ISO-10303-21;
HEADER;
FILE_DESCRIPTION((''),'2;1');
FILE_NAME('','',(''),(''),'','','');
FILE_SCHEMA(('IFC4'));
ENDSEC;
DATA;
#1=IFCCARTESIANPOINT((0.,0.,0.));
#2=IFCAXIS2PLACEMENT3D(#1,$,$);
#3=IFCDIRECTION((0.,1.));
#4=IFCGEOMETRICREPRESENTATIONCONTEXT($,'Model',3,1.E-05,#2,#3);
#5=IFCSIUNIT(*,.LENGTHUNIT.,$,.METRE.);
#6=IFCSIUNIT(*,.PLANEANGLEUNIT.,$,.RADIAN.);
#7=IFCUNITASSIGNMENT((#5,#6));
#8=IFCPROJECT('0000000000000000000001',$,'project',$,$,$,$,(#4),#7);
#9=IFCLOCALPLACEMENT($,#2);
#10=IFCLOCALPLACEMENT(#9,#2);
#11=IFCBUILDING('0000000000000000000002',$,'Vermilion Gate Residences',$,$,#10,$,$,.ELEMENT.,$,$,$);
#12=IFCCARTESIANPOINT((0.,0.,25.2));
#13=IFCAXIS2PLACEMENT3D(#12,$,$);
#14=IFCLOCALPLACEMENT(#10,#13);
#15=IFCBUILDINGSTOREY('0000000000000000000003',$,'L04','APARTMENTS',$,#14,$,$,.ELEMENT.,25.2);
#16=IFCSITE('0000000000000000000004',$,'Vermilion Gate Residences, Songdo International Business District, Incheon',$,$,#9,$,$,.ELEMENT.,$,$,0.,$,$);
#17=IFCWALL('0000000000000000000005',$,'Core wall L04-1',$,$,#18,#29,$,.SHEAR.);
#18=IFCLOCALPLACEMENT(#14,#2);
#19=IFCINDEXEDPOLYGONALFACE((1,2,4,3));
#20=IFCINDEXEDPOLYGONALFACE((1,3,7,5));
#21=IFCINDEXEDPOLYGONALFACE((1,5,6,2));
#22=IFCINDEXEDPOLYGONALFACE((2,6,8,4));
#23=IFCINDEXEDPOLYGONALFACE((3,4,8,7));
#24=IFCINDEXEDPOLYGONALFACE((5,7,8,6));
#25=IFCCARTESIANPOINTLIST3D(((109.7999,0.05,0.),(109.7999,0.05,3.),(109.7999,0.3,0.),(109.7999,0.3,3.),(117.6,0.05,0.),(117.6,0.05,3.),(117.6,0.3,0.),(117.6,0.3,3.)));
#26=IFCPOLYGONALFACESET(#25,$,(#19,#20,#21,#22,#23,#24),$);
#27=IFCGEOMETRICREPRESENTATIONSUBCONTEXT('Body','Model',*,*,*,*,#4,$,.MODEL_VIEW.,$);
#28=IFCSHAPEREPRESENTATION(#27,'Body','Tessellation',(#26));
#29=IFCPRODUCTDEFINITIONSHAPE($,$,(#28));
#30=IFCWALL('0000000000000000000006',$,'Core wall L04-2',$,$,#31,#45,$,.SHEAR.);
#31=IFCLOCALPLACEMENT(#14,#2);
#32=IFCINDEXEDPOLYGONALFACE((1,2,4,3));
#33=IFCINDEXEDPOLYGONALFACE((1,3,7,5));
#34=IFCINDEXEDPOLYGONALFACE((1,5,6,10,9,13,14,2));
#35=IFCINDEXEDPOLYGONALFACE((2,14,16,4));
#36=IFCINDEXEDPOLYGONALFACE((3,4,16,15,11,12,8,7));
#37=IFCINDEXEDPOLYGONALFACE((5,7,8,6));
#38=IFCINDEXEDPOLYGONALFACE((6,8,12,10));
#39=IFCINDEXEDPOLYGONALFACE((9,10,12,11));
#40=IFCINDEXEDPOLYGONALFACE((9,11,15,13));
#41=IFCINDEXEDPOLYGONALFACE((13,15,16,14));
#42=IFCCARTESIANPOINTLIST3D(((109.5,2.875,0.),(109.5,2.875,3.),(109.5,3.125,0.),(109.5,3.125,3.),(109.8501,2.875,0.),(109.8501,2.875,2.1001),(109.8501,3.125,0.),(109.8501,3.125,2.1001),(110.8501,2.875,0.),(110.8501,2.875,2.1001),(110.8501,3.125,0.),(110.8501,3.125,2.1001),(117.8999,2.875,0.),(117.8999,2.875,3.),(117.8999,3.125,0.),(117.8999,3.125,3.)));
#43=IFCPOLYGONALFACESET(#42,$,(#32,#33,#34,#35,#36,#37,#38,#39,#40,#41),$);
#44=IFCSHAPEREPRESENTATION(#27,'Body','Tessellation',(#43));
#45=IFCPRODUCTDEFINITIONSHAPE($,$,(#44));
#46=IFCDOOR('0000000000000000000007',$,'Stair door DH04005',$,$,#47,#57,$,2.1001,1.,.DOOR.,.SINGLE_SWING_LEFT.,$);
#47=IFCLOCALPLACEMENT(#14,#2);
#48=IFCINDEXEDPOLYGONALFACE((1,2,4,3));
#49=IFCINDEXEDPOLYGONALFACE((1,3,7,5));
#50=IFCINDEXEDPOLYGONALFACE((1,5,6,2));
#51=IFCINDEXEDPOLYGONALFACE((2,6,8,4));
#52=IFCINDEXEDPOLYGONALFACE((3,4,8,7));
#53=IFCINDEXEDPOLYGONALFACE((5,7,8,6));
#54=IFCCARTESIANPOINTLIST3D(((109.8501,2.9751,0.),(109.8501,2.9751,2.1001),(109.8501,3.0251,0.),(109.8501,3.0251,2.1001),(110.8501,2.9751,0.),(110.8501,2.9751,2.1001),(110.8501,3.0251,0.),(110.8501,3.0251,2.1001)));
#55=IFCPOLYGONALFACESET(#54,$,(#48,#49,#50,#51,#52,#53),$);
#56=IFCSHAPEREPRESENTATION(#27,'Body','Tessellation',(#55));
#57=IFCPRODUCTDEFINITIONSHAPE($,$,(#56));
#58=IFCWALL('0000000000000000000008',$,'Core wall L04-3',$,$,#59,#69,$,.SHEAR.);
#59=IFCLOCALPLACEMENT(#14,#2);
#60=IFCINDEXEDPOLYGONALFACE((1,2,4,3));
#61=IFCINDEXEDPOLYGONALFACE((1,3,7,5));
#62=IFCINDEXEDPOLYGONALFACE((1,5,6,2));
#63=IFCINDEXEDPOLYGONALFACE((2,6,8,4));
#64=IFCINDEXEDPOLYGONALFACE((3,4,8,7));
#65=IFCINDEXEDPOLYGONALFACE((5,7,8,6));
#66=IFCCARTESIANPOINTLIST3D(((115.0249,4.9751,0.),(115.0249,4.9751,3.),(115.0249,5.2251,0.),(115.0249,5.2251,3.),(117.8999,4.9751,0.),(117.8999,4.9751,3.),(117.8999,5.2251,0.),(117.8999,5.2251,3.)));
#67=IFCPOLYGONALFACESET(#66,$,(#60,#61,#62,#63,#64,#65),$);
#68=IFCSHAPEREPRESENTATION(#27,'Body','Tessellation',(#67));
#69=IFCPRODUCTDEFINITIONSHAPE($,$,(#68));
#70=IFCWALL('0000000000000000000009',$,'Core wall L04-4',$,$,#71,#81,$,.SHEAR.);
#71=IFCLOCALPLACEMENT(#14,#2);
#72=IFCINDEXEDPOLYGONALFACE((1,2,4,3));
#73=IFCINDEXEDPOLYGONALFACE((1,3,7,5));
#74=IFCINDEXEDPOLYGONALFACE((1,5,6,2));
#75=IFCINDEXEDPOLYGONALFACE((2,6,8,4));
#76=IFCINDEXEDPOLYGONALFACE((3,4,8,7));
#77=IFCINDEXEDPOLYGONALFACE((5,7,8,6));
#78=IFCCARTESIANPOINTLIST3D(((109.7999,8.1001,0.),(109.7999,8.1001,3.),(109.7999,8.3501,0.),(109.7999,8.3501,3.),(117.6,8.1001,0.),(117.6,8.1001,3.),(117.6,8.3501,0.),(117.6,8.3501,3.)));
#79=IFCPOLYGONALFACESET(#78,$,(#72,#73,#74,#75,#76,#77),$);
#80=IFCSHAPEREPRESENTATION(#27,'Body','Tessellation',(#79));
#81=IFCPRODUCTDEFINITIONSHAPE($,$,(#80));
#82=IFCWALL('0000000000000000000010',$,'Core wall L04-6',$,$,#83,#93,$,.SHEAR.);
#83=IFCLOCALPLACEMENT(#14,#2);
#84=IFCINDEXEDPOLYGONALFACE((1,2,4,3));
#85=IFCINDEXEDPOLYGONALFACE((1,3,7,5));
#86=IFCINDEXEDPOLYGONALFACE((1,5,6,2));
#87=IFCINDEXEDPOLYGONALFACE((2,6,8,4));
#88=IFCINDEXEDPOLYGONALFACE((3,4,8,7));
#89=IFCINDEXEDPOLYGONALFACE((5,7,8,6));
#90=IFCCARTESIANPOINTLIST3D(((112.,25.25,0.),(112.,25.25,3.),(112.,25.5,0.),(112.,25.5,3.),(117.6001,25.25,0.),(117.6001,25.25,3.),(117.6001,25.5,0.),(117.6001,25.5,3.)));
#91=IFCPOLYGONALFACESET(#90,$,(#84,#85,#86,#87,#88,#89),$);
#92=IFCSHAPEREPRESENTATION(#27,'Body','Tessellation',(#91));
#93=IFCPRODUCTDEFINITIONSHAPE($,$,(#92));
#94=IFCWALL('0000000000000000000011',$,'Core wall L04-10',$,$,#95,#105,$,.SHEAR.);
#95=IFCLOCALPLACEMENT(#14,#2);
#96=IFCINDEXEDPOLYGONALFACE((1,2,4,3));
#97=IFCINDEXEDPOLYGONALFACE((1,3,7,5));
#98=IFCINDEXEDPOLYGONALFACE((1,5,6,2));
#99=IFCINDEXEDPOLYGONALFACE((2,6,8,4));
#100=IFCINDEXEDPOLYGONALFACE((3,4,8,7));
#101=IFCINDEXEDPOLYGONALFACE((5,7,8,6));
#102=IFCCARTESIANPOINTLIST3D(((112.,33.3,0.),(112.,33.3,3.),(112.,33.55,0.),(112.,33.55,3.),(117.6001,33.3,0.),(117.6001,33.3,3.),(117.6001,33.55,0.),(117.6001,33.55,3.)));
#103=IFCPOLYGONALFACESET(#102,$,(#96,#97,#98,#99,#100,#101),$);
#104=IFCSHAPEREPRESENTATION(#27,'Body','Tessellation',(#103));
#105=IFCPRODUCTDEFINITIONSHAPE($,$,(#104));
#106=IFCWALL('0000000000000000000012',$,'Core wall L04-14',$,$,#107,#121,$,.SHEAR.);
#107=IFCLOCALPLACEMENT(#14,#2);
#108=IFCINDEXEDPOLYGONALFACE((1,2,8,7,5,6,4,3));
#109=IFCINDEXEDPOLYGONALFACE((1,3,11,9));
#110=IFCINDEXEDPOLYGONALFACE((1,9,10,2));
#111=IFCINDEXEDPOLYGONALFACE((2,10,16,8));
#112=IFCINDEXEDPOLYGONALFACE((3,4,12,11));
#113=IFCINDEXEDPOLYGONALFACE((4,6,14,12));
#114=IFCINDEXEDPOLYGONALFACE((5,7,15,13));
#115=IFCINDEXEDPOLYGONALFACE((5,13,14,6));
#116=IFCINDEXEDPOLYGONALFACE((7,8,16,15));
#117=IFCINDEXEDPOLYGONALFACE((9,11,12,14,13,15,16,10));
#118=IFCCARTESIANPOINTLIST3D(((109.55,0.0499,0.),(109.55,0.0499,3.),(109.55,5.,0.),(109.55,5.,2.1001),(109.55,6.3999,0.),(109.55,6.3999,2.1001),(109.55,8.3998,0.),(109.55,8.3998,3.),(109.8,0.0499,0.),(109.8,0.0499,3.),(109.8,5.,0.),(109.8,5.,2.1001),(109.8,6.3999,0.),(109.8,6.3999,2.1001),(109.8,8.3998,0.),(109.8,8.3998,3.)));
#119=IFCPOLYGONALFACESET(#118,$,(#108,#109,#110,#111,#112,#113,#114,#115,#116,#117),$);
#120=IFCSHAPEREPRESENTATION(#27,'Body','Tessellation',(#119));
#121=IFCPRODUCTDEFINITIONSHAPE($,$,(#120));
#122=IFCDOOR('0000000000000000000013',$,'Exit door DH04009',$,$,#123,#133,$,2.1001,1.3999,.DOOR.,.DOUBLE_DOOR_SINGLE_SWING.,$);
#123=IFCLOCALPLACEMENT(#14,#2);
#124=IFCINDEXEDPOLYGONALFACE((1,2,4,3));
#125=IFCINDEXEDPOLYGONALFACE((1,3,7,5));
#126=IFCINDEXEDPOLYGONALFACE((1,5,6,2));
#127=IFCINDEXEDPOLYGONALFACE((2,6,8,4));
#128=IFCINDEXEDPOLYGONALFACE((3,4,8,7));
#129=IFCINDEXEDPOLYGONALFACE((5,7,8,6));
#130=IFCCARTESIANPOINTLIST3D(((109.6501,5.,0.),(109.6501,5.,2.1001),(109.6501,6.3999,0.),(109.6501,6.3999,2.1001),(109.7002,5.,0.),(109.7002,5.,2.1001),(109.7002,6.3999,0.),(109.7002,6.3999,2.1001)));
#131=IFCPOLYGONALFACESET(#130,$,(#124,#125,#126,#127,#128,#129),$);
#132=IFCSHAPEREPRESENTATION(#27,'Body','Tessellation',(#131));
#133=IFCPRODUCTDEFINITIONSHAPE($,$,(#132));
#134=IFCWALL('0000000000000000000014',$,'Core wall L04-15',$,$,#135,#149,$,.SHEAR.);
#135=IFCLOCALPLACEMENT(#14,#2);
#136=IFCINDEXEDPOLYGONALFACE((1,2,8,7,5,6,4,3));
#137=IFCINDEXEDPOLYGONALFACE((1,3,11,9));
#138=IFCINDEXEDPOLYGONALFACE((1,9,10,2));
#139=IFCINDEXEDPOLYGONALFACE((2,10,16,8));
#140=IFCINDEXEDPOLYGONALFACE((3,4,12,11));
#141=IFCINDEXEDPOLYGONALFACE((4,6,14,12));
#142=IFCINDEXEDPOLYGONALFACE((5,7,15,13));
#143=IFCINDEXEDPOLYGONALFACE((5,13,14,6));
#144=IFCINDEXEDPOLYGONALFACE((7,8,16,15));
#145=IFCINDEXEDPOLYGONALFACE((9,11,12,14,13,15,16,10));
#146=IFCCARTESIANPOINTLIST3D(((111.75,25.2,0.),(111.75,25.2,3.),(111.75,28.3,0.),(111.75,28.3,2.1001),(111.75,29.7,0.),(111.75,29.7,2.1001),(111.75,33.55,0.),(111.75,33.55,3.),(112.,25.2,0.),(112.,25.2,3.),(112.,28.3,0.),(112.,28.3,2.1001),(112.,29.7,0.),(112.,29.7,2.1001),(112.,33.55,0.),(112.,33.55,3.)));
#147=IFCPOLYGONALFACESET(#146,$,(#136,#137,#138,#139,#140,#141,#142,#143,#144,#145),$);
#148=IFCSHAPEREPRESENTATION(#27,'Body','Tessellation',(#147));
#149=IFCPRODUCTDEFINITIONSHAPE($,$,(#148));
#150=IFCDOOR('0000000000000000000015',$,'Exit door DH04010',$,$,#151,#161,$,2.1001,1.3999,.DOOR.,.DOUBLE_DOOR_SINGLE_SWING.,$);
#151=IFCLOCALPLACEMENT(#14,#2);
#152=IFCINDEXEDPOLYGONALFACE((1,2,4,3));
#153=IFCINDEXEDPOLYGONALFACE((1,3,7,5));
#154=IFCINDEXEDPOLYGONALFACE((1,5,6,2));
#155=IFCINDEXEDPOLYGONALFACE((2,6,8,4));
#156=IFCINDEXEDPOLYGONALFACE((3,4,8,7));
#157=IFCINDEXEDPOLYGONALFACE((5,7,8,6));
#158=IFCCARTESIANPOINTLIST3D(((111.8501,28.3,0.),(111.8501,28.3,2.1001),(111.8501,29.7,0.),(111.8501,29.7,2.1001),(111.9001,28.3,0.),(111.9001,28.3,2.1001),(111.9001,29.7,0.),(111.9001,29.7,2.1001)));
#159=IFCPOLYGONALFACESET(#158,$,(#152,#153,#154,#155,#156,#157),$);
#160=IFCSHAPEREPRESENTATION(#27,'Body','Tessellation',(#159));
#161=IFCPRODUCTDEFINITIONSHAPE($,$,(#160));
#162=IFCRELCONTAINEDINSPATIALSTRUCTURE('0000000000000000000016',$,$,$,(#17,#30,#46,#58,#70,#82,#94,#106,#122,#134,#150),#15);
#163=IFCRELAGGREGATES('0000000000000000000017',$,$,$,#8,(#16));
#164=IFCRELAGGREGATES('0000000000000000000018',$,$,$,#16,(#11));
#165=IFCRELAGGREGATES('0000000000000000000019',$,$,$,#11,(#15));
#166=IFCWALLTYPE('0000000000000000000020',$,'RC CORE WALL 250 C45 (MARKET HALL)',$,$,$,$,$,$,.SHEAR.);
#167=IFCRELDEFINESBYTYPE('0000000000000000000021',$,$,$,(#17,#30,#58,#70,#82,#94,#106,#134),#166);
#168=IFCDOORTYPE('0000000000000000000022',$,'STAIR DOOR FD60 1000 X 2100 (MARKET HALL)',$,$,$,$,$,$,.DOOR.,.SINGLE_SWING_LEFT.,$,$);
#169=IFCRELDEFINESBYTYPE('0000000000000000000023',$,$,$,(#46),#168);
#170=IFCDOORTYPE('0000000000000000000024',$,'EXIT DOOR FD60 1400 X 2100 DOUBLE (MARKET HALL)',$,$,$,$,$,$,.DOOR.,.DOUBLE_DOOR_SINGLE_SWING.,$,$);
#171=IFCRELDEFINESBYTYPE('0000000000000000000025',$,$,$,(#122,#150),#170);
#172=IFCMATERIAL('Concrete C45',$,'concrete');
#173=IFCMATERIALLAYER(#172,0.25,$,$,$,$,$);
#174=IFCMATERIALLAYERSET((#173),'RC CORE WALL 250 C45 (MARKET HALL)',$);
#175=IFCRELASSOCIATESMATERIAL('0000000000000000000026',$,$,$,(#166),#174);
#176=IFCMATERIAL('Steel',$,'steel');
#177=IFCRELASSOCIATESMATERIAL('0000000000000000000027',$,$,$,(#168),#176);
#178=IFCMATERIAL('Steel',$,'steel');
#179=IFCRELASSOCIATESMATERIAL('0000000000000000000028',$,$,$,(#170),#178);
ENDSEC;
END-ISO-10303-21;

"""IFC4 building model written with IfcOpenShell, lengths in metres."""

from ifc_helpers import new_model, si_unit, direction, frame, frame_2d, origin, place, context, subcontext, project, spatial, rectangle, extrude, material, layer, layer_set, type_object, element, fill, save


model = new_model("IFC4")

# Units and contexts
model_context = context("Model", 3, precision=1e-05, world=origin(), true_north=direction((0.0, 1.0)))
body_context = subcontext(model_context, "Body", "Model", "MODEL_VIEW")
ifc_project = project(units=[si_unit("LENGTHUNIT", "METRE"), si_unit("PLANEANGLEUNIT", "RADIAN")], contexts=[model_context])

# Site, building, storey
site_placement = place(None, origin())
site = spatial("IfcSite", under=ifc_project, at=site_placement, Name="Vermilion Gate Residences, Songdo International Business District, Incheon", CompositionType="ELEMENT", RefElevation=0.0)
building_placement = place(site_placement, origin())
building = spatial("IfcBuilding", under=site, at=building_placement, Name="Vermilion Gate Residences", CompositionType="ELEMENT")
storey_placement = place(building_placement, frame((0.0, 0.0, 25.2)))
storey = spatial("IfcBuildingStorey", under=building, at=storey_placement, Name="L04", Description="APARTMENTS", CompositionType="ELEMENT", Elevation=25.2)

# Wall
ifc_material_1 = material(Name="Concrete C45", Category="concrete")
ifc_layer = layer(ifc_material_1, 0.25)
ifc_layer_set = layer_set([ifc_layer], Name="RC CORE WALL 250 C45 (MARKET HALL)")
wall_type = type_object("IfcWallType", Name="RC CORE WALL 250 C45 (MARKET HALL)", PredefinedType="SHEAR", material=ifc_layer_set)
wall_1_placement = place(storey_placement, frame((109.8, 0.175, 0.0), z_axis=(0.0, 0.0, 1.0), x_axis=(1.0, 0.0, 0.0)))
element("IfcWall", 1, at=wall_1_placement, inside=storey, type_object=wall_type, Name="Core wall L04-1", PredefinedType="SHEAR", context=body_context, shape_type="SweptSolid", body=[
    extrude(rectangle(XDim=7.8, YDim=0.25, at=frame_2d((3.8999, 0.0))), origin(), (0.0, 0.0, 1.0), 3.0),
])

# Wall, opening, door
wall_2_placement = place(storey_placement, frame((109.5, 3.0, 0.0), z_axis=(0.0, 0.0, 1.0), x_axis=(1.0, 0.0, 0.0)))
wall_2 = element("IfcWall", 2, at=wall_2_placement, inside=storey, type_object=wall_type, Name="Core wall L04-2", PredefinedType="SHEAR", context=body_context, shape_type="SweptSolid", body=[
    extrude(rectangle(XDim=8.3999, YDim=0.25, at=frame_2d((4.2, 0.0))), origin(), (0.0, 0.0, 1.0), 3.0),
])
opening_1_placement = place(wall_2_placement, frame((0.3501, 0.0, 0.0)))
opening_1 = element("IfcOpeningElement", 3, at=opening_1_placement, cuts=wall_2, PredefinedType="OPENING", context=body_context, shape_type="SweptSolid", body=[
    extrude(rectangle(XDim=1.0, YDim=2.1001, at=frame_2d((0.5, 1.05))), frame((0.0, 0.135, 0.0), z_axis=(0.0, -1.0, 0.0), x_axis=(1.0, 0.0, 0.0)), (0.0, 0.0, 1.0), 0.27),
])
ifc_material_2 = material(Name="Steel", Category="steel")
door_type_1 = type_object("IfcDoorType", Name="STAIR DOOR FD60 1000 X 2100 (MARKET HALL)", OperationType="SINGLE_SWING_LEFT", PredefinedType="DOOR", material=ifc_material_2)
door_1_placement = place(opening_1_placement, frame((1.0, 0.0, 0.0), z_axis=(0.0, 0.0, 1.0), x_axis=(-1.0, 0.0, 0.0)))
door_1 = element("IfcDoor", 4, at=door_1_placement, inside=storey, type_object=door_type_1, Name="Stair door DH04005", OperationType="SINGLE_SWING_LEFT", OverallHeight=2.1001, OverallWidth=1.0, PredefinedType="DOOR", context=body_context, shape_type="SweptSolid", body=[
    extrude(rectangle(XDim=1.0, YDim=2.1001, at=frame_2d((0.5, 1.05))), frame((0.0, 0.0249, 0.0), z_axis=(0.0, -1.0, 0.0), x_axis=(1.0, 0.0, 0.0)), (0.0, 0.0, 1.0), 0.05),
])
fill(opening_1, door_1)

# Walls
wall_3_placement = place(storey_placement, frame((115.0249, 5.1001, 0.0), z_axis=(0.0, 0.0, 1.0), x_axis=(1.0, 0.0, 0.0)))
element("IfcWall", 5, at=wall_3_placement, inside=storey, type_object=wall_type, Name="Core wall L04-3", PredefinedType="SHEAR", context=body_context, shape_type="SweptSolid", body=[
    extrude(rectangle(XDim=2.875, YDim=0.25, at=frame_2d((1.4375, 0.0))), origin(), (0.0, 0.0, 1.0), 3.0),
])
wall_4_placement = place(storey_placement, frame((109.8, 8.2251, 0.0), z_axis=(0.0, 0.0, 1.0), x_axis=(1.0, 0.0, 0.0)))
element("IfcWall", 6, at=wall_4_placement, inside=storey, type_object=wall_type, Name="Core wall L04-4", PredefinedType="SHEAR", context=body_context, shape_type="SweptSolid", body=[
    extrude(rectangle(XDim=7.8, YDim=0.25, at=frame_2d((3.8999, 0.0))), origin(), (0.0, 0.0, 1.0), 3.0),
])
for number, where, z_axis, x_axis, name in (
    (7, (112.0, 25.375, 0.0), (0.0, 0.0, 1.0), (1.0, 0.0, 0.0), "Core wall L04-6"),
    (8, (112.0, 33.425, 0.0), (0.0, 0.0, 1.0), (1.0, 0.0, 0.0), "Core wall L04-10"),
):
    element("IfcWall", number, at=place(storey_placement, frame(where, z_axis=z_axis, x_axis=x_axis)), inside=storey, type_object=wall_type, Name=name, PredefinedType="SHEAR", context=body_context, shape_type="SweptSolid", body=[
        extrude(rectangle(XDim=5.6001, YDim=0.25, at=frame_2d((2.8, 0.0))), origin(), (0.0, 0.0, 1.0), 3.0),
    ])

# Walls, openings, doors
wall_5_placement = place(storey_placement, frame((109.675, 0.05, 0.0), z_axis=(0.0, 0.0, 1.0), x_axis=(0.0, 1.0, 0.0)))
wall_5 = element("IfcWall", 9, at=wall_5_placement, inside=storey, type_object=wall_type, Name="Core wall L04-14", PredefinedType="SHEAR", context=body_context, shape_type="SweptSolid", body=[
    extrude(rectangle(XDim=8.3499, YDim=0.25, at=frame_2d((4.1748, 0.0))), origin(), (0.0, 0.0, 1.0), 3.0),
])
opening_2_placement = place(wall_5_placement, frame((4.95, 0.0, 0.0)))
opening_2 = element("IfcOpeningElement", 10, at=opening_2_placement, cuts=wall_5, PredefinedType="OPENING", context=body_context, shape_type="SweptSolid", body=[
    extrude(rectangle(XDim=1.3999, YDim=2.1001, at=frame_2d((0.7, 1.05))), frame((0.0, 0.135, 0.0), z_axis=(0.0, -1.0, 0.0), x_axis=(1.0, 0.0, 0.0)), (0.0, 0.0, 1.0), 0.27),
])
ifc_material_3 = material(Name="Steel", Category="steel")
door_type_2 = type_object("IfcDoorType", Name="EXIT DOOR FD60 1400 X 2100 DOUBLE (MARKET HALL)", OperationType="DOUBLE_DOOR_SINGLE_SWING", PredefinedType="DOOR", material=ifc_material_3)
door_2_placement = place(opening_2_placement, origin())
door_2 = element("IfcDoor", 11, at=door_2_placement, inside=storey, type_object=door_type_2, Name="Exit door DH04009", OperationType="DOUBLE_DOOR_SINGLE_SWING", OverallHeight=2.1001, OverallWidth=1.3999, PredefinedType="DOOR", context=body_context, shape_type="SweptSolid", body=[
    extrude(rectangle(XDim=1.3999, YDim=2.1001, at=frame_2d((0.7, 1.05))), frame((0.0, 0.0249, 0.0), z_axis=(0.0, -1.0, 0.0), x_axis=(1.0, 0.0, 0.0)), (0.0, 0.0, 1.0), 0.05),
])
fill(opening_2, door_2)
wall_6_placement = place(storey_placement, frame((111.875, 25.2, 0.0), z_axis=(0.0, 0.0, 1.0), x_axis=(0.0, 1.0, 0.0)))
wall_6 = element("IfcWall", 12, at=wall_6_placement, inside=storey, type_object=wall_type, Name="Core wall L04-15", PredefinedType="SHEAR", context=body_context, shape_type="SweptSolid", body=[
    extrude(rectangle(XDim=8.3501, YDim=0.25, at=frame_2d((4.175, 0.0))), origin(), (0.0, 0.0, 1.0), 3.0),
])
opening_3_placement = place(wall_6_placement, frame((3.1001, 0.0, 0.0)))
opening_3 = element("IfcOpeningElement", 13, at=opening_3_placement, cuts=wall_6, PredefinedType="OPENING", context=body_context, shape_type="SweptSolid", body=[
    extrude(rectangle(XDim=1.3999, YDim=2.1001, at=frame_2d((0.7, 1.05))), frame((0.0, 0.135, 0.0), z_axis=(0.0, -1.0, 0.0), x_axis=(1.0, 0.0, 0.0)), (0.0, 0.0, 1.0), 0.27),
])
door_3_placement = place(opening_3_placement, origin())
door_3 = element("IfcDoor", 14, at=door_3_placement, inside=storey, type_object=door_type_2, Name="Exit door DH04010", OperationType="DOUBLE_DOOR_SINGLE_SWING", OverallHeight=2.1001, OverallWidth=1.3999, PredefinedType="DOOR", context=body_context, shape_type="SweptSolid", body=[
    extrude(rectangle(XDim=1.3999, YDim=2.1001, at=frame_2d((0.7, 1.05))), frame((0.0, 0.0249, 0.0), z_axis=(0.0, -1.0, 0.0), x_axis=(1.0, 0.0, 0.0)), (0.0, 0.0, 1.0), 0.05),
])
fill(opening_3, door_3)

save(model, "model.ifc")
